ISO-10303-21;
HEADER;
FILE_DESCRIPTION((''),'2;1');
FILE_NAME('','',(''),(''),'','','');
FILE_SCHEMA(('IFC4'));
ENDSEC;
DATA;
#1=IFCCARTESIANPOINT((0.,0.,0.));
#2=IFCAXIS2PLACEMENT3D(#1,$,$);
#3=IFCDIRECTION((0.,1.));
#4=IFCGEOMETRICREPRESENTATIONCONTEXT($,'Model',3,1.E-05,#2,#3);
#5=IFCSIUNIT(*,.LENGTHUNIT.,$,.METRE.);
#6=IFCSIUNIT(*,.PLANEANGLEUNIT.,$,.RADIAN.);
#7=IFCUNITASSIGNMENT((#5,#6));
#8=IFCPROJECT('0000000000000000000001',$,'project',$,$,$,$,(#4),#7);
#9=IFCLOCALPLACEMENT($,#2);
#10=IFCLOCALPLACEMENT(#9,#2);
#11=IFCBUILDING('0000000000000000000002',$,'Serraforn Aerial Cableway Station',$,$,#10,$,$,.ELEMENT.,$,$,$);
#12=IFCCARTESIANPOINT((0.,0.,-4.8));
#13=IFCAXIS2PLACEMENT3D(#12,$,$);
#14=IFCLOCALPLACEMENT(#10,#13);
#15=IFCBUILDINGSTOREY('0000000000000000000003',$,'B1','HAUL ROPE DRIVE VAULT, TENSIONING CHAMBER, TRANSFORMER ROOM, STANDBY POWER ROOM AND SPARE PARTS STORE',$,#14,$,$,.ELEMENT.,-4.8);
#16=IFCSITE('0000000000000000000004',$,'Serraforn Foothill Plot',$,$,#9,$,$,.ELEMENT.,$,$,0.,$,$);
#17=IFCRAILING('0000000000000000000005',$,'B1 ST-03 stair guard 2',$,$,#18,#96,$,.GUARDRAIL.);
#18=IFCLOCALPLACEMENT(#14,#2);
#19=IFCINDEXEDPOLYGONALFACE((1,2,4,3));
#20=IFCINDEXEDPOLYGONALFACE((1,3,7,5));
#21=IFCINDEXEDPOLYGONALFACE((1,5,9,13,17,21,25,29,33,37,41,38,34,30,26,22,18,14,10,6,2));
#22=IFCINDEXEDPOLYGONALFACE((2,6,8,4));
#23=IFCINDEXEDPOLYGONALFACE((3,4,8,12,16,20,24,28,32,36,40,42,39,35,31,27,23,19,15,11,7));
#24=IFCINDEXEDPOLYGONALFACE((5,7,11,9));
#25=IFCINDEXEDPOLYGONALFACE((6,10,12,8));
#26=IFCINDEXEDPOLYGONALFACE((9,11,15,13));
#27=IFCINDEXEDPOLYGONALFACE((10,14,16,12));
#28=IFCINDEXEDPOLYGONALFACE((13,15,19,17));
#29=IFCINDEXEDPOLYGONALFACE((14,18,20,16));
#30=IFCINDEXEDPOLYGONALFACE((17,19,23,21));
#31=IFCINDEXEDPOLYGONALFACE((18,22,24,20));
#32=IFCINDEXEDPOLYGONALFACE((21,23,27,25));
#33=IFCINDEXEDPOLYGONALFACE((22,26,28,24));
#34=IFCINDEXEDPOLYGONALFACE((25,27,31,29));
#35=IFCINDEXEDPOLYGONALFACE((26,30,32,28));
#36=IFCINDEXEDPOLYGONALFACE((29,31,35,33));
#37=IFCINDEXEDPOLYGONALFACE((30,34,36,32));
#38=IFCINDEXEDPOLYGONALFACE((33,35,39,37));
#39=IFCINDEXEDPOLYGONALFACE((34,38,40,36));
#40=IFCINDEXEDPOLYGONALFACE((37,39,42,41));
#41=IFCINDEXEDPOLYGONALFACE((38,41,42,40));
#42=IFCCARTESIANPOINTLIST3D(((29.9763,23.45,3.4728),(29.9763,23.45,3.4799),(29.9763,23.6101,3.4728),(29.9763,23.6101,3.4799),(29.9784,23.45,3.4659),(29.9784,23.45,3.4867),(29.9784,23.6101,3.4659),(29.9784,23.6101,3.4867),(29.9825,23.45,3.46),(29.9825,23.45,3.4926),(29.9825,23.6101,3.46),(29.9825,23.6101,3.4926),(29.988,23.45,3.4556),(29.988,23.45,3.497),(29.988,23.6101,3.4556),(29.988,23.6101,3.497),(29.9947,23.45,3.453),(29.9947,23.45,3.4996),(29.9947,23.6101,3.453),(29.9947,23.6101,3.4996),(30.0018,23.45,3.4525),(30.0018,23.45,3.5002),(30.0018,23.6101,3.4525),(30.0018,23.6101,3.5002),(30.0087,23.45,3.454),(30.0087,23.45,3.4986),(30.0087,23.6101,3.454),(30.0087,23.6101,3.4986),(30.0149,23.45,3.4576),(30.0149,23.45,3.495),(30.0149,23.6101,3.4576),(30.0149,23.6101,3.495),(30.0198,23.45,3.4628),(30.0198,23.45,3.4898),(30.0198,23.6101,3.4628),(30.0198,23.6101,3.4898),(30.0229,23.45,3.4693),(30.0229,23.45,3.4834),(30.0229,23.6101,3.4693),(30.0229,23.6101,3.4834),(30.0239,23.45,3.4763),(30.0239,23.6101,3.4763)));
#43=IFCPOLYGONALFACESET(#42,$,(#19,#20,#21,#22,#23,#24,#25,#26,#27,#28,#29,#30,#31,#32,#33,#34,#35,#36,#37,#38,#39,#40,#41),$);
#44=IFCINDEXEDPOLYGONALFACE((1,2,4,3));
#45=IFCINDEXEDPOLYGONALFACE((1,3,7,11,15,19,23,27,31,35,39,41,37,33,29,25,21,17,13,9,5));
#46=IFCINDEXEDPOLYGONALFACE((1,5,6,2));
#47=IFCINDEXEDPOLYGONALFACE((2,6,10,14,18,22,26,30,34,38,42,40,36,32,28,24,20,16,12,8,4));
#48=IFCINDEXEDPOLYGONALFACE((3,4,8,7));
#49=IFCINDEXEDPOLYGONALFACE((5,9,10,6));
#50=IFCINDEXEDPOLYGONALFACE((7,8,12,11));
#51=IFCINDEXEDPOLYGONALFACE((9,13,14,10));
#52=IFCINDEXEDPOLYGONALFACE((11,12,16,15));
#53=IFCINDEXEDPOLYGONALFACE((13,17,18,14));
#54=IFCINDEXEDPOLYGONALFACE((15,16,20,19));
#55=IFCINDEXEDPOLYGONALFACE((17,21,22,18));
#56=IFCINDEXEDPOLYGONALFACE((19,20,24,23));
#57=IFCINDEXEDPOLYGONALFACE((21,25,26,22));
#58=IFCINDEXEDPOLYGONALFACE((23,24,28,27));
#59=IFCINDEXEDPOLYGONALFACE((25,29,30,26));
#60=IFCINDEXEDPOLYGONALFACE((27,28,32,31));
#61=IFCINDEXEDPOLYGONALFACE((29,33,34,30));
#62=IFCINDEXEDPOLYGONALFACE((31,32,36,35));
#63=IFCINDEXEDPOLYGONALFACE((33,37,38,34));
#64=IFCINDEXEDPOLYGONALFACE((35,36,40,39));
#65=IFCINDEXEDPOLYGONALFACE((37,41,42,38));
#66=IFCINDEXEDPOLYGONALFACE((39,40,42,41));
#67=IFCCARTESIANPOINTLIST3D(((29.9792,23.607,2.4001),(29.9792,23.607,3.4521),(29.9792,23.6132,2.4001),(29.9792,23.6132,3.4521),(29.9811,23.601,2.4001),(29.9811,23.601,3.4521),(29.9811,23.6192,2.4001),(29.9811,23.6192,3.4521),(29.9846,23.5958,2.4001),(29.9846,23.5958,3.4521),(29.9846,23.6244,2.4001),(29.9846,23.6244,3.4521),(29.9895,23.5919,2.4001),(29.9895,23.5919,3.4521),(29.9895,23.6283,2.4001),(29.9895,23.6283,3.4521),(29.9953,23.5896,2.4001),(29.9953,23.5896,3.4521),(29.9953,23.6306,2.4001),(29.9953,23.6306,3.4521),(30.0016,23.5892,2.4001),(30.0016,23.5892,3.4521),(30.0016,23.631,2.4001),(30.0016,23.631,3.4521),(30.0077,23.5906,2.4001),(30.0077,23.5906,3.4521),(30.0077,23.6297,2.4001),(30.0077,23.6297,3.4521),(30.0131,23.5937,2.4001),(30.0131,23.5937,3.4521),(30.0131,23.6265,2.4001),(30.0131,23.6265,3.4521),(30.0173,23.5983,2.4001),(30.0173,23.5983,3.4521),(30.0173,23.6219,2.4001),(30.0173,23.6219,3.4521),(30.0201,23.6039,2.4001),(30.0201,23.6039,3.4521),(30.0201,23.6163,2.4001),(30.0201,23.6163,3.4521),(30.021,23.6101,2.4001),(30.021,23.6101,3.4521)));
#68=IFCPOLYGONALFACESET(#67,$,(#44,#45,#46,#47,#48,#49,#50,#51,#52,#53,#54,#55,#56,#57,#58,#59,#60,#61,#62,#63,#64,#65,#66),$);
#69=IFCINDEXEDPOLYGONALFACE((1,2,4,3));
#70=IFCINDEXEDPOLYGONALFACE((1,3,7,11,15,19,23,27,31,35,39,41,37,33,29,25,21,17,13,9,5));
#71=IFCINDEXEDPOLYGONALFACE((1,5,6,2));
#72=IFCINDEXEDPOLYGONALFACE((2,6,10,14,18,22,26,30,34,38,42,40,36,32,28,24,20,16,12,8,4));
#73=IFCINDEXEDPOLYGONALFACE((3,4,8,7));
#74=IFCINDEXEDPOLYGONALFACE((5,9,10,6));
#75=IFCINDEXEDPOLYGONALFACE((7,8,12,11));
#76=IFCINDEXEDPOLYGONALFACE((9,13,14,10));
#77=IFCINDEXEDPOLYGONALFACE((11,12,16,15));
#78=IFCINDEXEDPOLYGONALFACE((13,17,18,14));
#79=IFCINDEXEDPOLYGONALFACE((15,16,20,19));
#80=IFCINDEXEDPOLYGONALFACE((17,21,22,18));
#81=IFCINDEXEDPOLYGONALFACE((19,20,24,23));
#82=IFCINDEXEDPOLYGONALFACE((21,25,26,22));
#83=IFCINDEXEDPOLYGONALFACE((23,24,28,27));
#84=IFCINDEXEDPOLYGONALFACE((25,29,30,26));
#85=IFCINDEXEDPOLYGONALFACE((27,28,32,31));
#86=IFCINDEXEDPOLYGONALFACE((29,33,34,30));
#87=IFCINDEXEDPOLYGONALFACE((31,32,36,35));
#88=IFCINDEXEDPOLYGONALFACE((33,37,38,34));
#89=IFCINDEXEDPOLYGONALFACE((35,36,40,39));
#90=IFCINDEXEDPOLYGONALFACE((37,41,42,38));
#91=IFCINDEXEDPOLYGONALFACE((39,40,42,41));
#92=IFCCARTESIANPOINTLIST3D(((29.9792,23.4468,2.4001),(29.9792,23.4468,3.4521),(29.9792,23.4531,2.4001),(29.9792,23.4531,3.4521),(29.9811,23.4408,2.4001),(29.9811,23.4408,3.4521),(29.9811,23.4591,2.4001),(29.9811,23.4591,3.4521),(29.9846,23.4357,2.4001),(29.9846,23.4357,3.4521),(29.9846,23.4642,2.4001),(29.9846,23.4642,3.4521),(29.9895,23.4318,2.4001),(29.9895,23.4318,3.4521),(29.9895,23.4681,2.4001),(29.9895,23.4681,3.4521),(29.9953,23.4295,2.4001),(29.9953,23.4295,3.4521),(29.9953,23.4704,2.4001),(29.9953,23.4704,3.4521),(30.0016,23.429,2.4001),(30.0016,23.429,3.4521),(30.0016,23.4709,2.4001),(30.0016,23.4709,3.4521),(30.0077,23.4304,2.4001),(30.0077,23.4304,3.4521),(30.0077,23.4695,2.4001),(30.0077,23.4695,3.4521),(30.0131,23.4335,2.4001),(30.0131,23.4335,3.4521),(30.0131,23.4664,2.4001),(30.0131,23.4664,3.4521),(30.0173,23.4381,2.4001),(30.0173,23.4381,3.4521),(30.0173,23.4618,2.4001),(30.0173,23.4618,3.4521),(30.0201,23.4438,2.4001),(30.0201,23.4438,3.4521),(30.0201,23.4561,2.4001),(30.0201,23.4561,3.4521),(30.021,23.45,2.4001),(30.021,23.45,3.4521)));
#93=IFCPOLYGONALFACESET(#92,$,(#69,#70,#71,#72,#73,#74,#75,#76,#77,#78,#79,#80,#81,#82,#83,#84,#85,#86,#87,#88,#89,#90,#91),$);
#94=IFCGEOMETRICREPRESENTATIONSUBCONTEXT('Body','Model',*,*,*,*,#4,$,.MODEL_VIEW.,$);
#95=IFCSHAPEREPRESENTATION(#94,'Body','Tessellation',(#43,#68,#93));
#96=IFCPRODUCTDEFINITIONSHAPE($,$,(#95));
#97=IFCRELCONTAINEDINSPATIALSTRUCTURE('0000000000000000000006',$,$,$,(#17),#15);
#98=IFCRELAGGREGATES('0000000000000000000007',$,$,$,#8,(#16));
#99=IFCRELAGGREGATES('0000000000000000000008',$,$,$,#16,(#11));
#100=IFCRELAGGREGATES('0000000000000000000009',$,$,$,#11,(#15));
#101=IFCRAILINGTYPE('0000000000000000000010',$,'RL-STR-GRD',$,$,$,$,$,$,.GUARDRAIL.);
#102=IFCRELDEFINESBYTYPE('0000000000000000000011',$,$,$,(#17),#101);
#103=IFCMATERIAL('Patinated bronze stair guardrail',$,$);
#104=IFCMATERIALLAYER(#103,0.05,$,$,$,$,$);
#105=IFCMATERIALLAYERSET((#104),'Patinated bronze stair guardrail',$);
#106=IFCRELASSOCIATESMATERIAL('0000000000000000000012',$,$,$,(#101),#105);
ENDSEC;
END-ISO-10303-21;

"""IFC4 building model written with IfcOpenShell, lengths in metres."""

from ifc_helpers import new_model, si_unit, direction, frame, origin, origin_2d, place, context, subcontext, project, spatial, circle, extrude, material, layer, layer_set, type_object, element, save


model = new_model("IFC4")

# Units and contexts
model_context = context("Model", 3, precision=1e-05, world=origin(), true_north=direction((0.0, 1.0)))
body_context = subcontext(model_context, "Body", "Model", "MODEL_VIEW")
ifc_project = project(units=[si_unit("LENGTHUNIT", "METRE"), si_unit("PLANEANGLEUNIT", "RADIAN")], contexts=[model_context])

# Site, building, storey
site_placement = place(None, origin())
site = spatial("IfcSite", under=ifc_project, at=site_placement, Name="Serraforn Foothill Plot", CompositionType="ELEMENT", RefElevation=0.0)
building_placement = place(site_placement, origin())
building = spatial("IfcBuilding", under=site, at=building_placement, Name="Serraforn Aerial Cableway Station", CompositionType="ELEMENT")
storey_placement = place(building_placement, frame((0.0, 0.0, -4.8)))
storey = spatial("IfcBuildingStorey", under=building, at=storey_placement, Name="B1", Description="HAUL ROPE DRIVE VAULT, TENSIONING CHAMBER, TRANSFORMER ROOM, STANDBY POWER ROOM AND SPARE PARTS STORE", CompositionType="ELEMENT", Elevation=-4.8)

# Railing
ifc_material_1 = material(Name="Patinated bronze stair guardrail")
ifc_layer_1 = layer(ifc_material_1, 0.05)
ifc_layer_set_1 = layer_set([ifc_layer_1], Name="Patinated bronze stair guardrail")
railing_type_1 = type_object("IfcRailingType", Name="RL-STR-GRD", PredefinedType="GUARDRAIL", material=ifc_layer_set_1)
railing_1_placement = place(storey_placement, frame((30.0, 23.6101, 2.4001)))
element("IfcRailing", 1, at=railing_1_placement, inside=storey, type_object=railing_type_1, Name="B1 ST-03 stair guard 2", PredefinedType="GUARDRAIL", context=body_context, shape_type="SweptSolid", body=[
    extrude(circle(Radius=0.0239, at=origin_2d()), frame((0.0, 0.0, 1.0762), z_axis=(0.0, -1.0, 0.0), x_axis=(1.0, 0.0, 0.0)), (0.0, 0.0, 1.0), 0.1602),
    extrude(circle(Radius=0.021, at=origin_2d()), origin(), (0.0, 0.0, 1.0), 1.052),
    extrude(circle(Radius=0.021, at=origin_2d()), frame((0.0, -0.1602, 0.0)), (0.0, 0.0, 1.0), 1.052),
])

save(model, "model.ifc")
